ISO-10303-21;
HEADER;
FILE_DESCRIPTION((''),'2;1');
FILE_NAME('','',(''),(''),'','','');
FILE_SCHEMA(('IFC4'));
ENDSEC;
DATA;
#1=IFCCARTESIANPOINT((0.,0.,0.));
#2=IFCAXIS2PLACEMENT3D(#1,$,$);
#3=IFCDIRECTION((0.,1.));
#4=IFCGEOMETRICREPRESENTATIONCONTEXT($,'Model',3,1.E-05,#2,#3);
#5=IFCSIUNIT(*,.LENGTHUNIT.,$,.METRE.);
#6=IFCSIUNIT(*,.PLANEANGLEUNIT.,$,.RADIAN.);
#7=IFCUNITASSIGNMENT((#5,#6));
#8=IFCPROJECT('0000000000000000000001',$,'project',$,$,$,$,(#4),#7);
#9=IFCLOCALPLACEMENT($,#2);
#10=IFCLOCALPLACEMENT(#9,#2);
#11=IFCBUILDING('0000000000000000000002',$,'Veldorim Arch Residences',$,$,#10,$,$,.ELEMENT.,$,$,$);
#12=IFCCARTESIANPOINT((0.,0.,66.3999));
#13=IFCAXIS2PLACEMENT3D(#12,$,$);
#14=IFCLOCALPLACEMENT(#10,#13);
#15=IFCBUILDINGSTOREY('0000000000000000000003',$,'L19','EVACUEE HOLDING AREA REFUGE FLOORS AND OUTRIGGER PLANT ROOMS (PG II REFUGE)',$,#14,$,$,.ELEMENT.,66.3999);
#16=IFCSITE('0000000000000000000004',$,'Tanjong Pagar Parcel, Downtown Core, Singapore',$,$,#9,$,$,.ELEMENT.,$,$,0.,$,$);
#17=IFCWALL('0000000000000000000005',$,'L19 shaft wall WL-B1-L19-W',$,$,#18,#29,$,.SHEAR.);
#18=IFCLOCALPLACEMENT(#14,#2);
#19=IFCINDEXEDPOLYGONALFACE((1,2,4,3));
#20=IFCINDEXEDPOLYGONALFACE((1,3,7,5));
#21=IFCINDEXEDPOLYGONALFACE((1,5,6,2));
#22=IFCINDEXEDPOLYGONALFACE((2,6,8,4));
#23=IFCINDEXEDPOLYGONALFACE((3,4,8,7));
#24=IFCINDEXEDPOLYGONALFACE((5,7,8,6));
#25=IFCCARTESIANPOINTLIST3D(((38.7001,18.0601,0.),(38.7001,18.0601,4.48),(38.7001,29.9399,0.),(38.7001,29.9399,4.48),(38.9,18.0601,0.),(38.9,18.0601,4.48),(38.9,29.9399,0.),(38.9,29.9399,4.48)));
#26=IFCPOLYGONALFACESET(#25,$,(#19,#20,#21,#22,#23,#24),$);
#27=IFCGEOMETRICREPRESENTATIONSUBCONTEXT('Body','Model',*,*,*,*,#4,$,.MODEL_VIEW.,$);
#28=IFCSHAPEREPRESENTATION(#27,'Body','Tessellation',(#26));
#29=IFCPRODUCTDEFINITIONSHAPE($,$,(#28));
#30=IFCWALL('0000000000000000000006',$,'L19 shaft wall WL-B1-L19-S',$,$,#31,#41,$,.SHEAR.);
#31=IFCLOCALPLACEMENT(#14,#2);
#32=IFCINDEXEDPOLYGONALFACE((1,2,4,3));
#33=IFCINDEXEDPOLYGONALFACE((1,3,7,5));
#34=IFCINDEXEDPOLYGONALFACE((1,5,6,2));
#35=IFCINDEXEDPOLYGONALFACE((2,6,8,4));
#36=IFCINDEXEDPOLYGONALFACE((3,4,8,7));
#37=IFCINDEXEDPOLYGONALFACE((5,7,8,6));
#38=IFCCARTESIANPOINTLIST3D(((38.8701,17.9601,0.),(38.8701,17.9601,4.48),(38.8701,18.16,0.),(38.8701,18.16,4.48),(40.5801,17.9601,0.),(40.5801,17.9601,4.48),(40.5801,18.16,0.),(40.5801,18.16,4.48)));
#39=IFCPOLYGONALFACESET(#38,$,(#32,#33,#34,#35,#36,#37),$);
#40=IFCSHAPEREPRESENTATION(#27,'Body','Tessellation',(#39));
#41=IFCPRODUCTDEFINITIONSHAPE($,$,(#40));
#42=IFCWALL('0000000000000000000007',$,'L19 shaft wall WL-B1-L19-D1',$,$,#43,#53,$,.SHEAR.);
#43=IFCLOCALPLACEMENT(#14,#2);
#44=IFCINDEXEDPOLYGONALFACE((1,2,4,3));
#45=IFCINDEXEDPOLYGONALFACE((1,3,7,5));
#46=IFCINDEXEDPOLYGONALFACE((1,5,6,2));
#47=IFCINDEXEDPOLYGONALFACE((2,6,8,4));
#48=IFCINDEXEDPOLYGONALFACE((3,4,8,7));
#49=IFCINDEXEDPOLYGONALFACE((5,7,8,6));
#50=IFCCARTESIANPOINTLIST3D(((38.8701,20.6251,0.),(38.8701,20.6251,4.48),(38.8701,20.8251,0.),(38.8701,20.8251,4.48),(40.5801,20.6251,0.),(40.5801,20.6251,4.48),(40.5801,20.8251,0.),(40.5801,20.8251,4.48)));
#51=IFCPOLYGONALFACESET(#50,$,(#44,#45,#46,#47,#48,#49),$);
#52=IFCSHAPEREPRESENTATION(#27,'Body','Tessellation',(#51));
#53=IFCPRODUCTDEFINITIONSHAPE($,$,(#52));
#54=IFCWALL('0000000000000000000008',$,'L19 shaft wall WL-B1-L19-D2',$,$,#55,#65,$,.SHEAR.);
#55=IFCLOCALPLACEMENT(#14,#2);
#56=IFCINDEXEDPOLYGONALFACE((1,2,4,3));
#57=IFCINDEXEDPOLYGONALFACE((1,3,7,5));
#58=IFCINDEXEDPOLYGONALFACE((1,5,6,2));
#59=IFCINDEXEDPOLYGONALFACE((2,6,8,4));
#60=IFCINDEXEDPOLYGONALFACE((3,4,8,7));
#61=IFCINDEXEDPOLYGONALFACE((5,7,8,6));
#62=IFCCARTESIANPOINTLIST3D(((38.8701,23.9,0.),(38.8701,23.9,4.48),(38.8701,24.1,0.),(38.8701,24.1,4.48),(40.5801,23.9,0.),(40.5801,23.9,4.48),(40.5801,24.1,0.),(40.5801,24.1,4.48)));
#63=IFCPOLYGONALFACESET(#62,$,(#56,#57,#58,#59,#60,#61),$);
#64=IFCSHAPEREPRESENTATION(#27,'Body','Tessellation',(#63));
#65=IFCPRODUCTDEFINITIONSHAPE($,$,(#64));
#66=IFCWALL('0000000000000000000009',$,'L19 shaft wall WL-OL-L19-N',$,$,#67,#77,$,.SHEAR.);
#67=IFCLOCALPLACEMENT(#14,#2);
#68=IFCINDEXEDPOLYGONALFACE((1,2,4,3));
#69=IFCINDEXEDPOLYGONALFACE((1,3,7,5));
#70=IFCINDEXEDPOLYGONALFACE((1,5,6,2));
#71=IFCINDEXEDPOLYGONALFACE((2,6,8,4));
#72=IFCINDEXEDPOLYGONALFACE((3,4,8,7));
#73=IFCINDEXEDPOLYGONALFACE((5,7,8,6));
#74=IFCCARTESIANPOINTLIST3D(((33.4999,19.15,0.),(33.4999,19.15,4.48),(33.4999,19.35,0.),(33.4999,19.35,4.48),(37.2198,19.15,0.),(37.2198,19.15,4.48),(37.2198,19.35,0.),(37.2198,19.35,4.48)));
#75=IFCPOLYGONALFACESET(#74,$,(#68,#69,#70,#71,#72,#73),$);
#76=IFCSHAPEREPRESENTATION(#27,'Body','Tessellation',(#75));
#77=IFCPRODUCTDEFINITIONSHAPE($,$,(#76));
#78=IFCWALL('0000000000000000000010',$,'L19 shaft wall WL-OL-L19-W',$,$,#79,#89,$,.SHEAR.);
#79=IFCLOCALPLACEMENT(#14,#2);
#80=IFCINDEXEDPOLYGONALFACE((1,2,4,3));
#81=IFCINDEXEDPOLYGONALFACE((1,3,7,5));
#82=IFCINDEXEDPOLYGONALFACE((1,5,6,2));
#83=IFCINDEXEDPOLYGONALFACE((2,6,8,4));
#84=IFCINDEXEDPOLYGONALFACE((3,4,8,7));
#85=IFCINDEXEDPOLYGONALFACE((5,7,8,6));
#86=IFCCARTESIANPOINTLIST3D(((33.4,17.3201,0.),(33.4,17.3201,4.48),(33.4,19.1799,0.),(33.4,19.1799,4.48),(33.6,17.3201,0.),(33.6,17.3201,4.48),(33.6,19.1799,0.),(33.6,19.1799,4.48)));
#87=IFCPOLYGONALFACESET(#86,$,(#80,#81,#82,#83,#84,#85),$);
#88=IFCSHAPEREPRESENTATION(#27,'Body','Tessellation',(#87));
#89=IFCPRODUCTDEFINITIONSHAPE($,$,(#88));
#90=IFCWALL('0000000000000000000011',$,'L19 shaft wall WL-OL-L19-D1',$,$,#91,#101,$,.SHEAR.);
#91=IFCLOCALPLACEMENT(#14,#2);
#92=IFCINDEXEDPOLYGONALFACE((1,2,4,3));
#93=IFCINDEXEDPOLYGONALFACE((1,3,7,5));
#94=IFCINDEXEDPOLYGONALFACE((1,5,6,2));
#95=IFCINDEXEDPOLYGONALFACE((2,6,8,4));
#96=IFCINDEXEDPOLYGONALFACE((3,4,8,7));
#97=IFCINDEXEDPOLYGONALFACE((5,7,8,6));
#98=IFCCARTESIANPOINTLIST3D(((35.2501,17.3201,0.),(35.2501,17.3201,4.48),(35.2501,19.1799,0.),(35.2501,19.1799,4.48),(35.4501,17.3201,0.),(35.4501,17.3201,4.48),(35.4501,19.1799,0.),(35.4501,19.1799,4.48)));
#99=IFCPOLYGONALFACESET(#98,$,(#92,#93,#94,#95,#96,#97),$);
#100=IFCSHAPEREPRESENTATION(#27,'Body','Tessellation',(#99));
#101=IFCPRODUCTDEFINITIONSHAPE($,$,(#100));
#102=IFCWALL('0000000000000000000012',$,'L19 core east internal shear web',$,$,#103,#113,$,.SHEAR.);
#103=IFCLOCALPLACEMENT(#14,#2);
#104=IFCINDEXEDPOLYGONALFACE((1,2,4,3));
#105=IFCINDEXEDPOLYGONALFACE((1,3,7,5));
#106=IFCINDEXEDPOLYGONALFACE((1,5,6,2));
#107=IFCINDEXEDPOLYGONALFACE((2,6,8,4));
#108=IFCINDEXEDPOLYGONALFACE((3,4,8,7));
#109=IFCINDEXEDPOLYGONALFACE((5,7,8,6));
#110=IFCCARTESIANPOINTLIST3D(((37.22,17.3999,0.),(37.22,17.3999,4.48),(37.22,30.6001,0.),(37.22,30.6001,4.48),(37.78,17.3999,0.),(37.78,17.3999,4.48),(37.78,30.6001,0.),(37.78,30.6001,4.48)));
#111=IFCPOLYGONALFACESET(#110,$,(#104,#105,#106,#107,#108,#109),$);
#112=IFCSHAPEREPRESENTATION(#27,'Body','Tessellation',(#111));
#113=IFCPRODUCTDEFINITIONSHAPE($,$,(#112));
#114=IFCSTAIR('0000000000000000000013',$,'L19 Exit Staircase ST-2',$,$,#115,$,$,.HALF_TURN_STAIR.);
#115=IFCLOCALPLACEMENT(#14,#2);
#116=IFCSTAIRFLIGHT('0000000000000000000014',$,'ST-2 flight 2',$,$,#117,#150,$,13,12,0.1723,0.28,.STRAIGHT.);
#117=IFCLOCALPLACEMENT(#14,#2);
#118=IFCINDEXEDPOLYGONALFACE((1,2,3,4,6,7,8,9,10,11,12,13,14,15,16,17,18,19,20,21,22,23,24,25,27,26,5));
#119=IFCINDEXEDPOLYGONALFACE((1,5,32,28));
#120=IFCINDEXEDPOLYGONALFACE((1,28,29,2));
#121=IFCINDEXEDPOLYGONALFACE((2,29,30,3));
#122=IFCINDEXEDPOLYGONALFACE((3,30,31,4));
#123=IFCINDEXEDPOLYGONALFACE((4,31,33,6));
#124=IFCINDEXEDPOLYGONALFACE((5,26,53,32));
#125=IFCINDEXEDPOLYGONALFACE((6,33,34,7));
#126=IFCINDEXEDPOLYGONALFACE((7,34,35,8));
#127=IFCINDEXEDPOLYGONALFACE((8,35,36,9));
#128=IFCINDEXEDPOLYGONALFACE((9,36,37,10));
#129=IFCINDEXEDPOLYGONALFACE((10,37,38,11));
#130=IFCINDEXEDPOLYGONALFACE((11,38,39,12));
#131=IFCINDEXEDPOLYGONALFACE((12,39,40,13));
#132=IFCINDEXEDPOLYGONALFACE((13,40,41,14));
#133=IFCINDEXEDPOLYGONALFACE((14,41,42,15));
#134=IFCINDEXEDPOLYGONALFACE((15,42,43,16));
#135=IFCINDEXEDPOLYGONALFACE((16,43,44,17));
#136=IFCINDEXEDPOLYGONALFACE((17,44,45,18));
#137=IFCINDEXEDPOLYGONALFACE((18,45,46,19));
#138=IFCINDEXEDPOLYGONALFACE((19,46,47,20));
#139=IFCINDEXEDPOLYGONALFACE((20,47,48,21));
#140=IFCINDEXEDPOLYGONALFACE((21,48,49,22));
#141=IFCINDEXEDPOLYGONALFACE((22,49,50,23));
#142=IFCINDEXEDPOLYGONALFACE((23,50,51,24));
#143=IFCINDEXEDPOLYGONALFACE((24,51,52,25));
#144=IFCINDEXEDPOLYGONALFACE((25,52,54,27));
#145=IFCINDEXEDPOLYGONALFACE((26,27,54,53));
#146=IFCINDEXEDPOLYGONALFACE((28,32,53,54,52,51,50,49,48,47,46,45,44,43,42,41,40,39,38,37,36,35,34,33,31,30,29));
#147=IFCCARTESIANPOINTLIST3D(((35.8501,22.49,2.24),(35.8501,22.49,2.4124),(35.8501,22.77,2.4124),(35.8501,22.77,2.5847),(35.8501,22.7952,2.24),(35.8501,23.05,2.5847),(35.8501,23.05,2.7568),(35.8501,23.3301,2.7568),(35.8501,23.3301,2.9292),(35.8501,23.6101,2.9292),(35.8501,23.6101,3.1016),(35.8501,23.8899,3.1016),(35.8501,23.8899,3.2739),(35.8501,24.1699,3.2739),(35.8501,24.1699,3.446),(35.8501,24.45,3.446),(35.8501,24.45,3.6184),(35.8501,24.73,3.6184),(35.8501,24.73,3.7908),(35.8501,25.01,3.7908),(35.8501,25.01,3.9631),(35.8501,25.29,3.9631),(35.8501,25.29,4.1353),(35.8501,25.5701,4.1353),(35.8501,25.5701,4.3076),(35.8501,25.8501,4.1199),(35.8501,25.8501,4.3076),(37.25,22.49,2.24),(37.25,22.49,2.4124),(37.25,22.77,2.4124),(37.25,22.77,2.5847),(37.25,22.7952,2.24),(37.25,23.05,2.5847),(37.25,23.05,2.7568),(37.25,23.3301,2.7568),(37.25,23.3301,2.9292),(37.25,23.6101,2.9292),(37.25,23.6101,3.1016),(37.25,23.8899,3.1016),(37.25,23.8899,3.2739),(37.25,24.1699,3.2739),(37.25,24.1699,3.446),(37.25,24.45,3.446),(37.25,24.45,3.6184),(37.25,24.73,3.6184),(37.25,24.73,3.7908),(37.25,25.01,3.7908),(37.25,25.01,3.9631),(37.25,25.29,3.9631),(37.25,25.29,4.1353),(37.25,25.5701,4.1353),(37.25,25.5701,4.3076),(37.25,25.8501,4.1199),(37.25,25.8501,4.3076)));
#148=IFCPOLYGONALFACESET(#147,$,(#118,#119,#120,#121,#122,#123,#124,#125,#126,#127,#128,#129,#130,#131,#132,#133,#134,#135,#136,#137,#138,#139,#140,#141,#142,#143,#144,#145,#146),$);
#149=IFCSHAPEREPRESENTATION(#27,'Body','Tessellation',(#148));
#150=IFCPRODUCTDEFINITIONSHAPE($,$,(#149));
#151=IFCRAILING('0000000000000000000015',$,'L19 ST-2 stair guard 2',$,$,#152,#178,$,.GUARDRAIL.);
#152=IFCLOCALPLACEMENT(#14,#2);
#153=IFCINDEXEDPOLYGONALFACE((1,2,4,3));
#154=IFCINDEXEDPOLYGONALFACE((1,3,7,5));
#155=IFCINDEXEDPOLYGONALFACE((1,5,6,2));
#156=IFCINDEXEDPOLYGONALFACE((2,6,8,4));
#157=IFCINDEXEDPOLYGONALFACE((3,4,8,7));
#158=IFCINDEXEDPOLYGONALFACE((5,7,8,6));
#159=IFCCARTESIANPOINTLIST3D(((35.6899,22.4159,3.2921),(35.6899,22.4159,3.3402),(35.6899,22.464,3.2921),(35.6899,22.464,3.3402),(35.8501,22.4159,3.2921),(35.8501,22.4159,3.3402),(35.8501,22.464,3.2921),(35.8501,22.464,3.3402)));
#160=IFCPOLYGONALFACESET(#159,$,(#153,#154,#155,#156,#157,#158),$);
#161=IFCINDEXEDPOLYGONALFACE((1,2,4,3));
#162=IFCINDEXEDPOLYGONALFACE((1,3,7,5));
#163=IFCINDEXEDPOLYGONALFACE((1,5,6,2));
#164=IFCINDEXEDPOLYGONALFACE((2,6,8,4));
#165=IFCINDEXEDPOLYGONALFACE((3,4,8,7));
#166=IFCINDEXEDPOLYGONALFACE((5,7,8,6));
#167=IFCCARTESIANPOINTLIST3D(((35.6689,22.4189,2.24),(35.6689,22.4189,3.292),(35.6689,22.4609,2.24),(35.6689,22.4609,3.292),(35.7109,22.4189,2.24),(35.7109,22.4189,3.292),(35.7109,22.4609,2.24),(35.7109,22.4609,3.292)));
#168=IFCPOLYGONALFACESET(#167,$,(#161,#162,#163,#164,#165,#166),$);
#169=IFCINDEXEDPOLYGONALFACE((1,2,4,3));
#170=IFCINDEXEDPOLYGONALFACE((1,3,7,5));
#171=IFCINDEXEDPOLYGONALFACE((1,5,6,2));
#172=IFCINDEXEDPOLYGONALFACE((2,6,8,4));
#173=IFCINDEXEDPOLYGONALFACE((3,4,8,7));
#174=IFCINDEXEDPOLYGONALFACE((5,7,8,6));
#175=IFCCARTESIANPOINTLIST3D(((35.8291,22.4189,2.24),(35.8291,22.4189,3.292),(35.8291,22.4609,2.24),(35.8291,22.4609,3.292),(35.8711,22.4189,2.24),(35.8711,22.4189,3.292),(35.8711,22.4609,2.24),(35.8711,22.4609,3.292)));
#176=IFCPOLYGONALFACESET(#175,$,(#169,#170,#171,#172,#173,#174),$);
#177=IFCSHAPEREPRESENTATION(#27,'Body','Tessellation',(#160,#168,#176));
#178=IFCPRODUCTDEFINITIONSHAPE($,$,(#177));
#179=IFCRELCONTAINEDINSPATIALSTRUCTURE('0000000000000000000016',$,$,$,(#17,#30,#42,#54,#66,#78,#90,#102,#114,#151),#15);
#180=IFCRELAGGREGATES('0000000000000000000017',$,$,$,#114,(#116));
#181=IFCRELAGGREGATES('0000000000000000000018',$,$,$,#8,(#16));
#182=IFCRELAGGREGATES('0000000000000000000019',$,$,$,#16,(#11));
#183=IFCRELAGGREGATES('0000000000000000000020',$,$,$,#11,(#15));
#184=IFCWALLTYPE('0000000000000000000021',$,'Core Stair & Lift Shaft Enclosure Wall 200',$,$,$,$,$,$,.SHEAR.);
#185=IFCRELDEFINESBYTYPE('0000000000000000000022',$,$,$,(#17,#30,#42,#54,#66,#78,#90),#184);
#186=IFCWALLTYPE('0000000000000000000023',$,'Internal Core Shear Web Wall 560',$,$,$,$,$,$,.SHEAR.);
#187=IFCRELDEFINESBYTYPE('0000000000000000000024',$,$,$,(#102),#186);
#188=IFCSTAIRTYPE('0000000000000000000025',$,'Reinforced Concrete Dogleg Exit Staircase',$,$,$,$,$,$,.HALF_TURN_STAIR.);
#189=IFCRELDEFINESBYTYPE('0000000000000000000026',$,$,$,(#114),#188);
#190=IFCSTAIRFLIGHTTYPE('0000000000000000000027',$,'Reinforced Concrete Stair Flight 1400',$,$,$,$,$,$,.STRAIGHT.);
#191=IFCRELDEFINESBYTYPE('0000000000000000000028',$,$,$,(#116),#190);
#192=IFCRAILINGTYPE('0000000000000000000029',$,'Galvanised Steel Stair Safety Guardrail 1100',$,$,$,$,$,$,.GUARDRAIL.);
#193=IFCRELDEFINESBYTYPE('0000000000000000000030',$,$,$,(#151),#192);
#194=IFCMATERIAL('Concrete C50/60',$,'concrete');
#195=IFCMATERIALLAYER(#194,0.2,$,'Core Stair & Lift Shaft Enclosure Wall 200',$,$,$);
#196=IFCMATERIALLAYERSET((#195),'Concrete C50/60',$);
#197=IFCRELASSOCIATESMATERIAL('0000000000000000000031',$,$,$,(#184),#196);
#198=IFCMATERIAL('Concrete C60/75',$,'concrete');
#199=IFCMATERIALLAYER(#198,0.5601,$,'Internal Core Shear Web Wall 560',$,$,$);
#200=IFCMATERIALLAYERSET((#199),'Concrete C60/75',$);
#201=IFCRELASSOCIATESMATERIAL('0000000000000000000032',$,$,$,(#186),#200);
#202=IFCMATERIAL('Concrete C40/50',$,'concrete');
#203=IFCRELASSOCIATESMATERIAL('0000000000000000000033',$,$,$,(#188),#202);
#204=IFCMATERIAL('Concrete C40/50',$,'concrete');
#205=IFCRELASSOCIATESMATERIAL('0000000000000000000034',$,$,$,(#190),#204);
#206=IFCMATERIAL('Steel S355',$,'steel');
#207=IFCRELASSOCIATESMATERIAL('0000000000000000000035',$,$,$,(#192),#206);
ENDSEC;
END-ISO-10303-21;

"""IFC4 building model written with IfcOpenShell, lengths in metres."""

from ifc_helpers import new_model, si_unit, direction, frame, frame_2d, origin, origin_2d, place, context, subcontext, project, spatial, polyline, rectangle, outline, extrude, material, layer, layer_set, type_object, element, aggregate, save


model = new_model("IFC4")

# Units and contexts
model_context = context("Model", 3, precision=1e-05, world=origin(), true_north=direction((0.0, 1.0)))
body_context = subcontext(model_context, "Body", "Model", "MODEL_VIEW")
ifc_project = project(units=[si_unit("LENGTHUNIT", "METRE"), si_unit("PLANEANGLEUNIT", "RADIAN")], contexts=[model_context])

# Site, building, storey
site_placement = place(None, origin())
site = spatial("IfcSite", under=ifc_project, at=site_placement, Name="Tanjong Pagar Parcel, Downtown Core, Singapore", CompositionType="ELEMENT", RefElevation=0.0)
building_placement = place(site_placement, origin())
building = spatial("IfcBuilding", under=site, at=building_placement, Name="Veldorim Arch Residences", CompositionType="ELEMENT")
storey_placement = place(building_placement, frame((0.0, 0.0, 66.3999)))
storey = spatial("IfcBuildingStorey", under=building, at=storey_placement, Name="L19", Description="EVACUEE HOLDING AREA REFUGE FLOORS AND OUTRIGGER PLANT ROOMS (PG II REFUGE)", CompositionType="ELEMENT", Elevation=66.3999)

# Walls
ifc_material_1 = material(Name="Concrete C50/60", Category="concrete")
ifc_layer_1 = layer(ifc_material_1, 0.2, Name="Core Stair & Lift Shaft Enclosure Wall 200")
ifc_layer_set_1 = layer_set([ifc_layer_1], Name="Concrete C50/60")
wall_type_1 = type_object("IfcWallType", Name="Core Stair & Lift Shaft Enclosure Wall 200", PredefinedType="SHEAR", material=ifc_layer_set_1)
wall_1_placement = place(storey_placement, frame((38.8, 18.0601, 0.0), z_axis=(0.0, 0.0, 1.0), x_axis=(0.0, 1.0, 0.0)))
element("IfcWall", 1, at=wall_1_placement, inside=storey, type_object=wall_type_1, Name="L19 shaft wall WL-B1-L19-W", PredefinedType="SHEAR", context=body_context, shape_type="SweptSolid", body=[
    extrude(rectangle(XDim=11.8799, YDim=0.2, at=frame_2d((5.9399, 0.0))), origin(), (0.0, 0.0, 1.0), 4.48),
])
for number, where, z_axis, x_axis, name in (
    (2, (38.8701, 18.0601, 0.0), (0.0, 0.0, 1.0), (1.0, 0.0, 0.0), "L19 shaft wall WL-B1-L19-S"),
    (3, (38.8701, 20.7251, 0.0), (0.0, 0.0, 1.0), (1.0, 0.0, 0.0), "L19 shaft wall WL-B1-L19-D1"),
    (4, (38.8701, 24.0, 0.0), (0.0, 0.0, 1.0), (1.0, 0.0, 0.0), "L19 shaft wall WL-B1-L19-D2"),
):
    element("IfcWall", number, at=place(storey_placement, frame(where, z_axis=z_axis, x_axis=x_axis)), inside=storey, type_object=wall_type_1, Name=name, PredefinedType="SHEAR", context=body_context, shape_type="SweptSolid", body=[
        extrude(rectangle(XDim=1.71, YDim=0.2, at=frame_2d((0.855, 0.0))), origin(), (0.0, 0.0, 1.0), 4.48),
    ])
wall_2_placement = place(storey_placement, frame((33.5, 19.25, 0.0), z_axis=(0.0, 0.0, 1.0), x_axis=(1.0, 0.0, 0.0)))
element("IfcWall", 5, at=wall_2_placement, inside=storey, type_object=wall_type_1, Name="L19 shaft wall WL-OL-L19-N", PredefinedType="SHEAR", context=body_context, shape_type="SweptSolid", body=[
    extrude(rectangle(XDim=3.72, YDim=0.2, at=frame_2d((1.8599, 0.0))), origin(), (0.0, 0.0, 1.0), 4.48),
])
for number, where, z_axis, x_axis, name in (
    (6, (33.5, 17.3201, 0.0), (0.0, 0.0, 1.0), (0.0, 1.0, 0.0), "L19 shaft wall WL-OL-L19-W"),
    (7, (35.3501, 17.3201, 0.0), (0.0, 0.0, 1.0), (0.0, 1.0, 0.0), "L19 shaft wall WL-OL-L19-D1"),
):
    element("IfcWall", number, at=place(storey_placement, frame(where, z_axis=z_axis, x_axis=x_axis)), inside=storey, type_object=wall_type_1, Name=name, PredefinedType="SHEAR", context=body_context, shape_type="SweptSolid", body=[
        extrude(rectangle(XDim=1.8599, YDim=0.2, at=frame_2d((0.9299, 0.0))), origin(), (0.0, 0.0, 1.0), 4.48),
    ])
ifc_material_2 = material(Name="Concrete C60/75", Category="concrete")
ifc_layer_2 = layer(ifc_material_2, 0.5601, Name="Internal Core Shear Web Wall 560")
ifc_layer_set_2 = layer_set([ifc_layer_2], Name="Concrete C60/75")
wall_type_2 = type_object("IfcWallType", Name="Internal Core Shear Web Wall 560", PredefinedType="SHEAR", material=ifc_layer_set_2)
wall_3_placement = place(storey_placement, frame((37.5, 17.3999, 0.0), z_axis=(0.0, 0.0, 1.0), x_axis=(0.0, 1.0, 0.0)))
element("IfcWall", 8, at=wall_3_placement, inside=storey, type_object=wall_type_2, Name="L19 core east internal shear web", PredefinedType="SHEAR", context=body_context, shape_type="SweptSolid", body=[
    extrude(rectangle(XDim=13.2002, YDim=0.5601, at=frame_2d((6.6001, 0.0))), origin(), (0.0, 0.0, 1.0), 4.48),
])

# Stair, stair flight
ifc_material_3 = material(Name="Concrete C40/50", Category="concrete")
stair_type = type_object("IfcStairType", Name="Reinforced Concrete Dogleg Exit Staircase", PredefinedType="HALF_TURN_STAIR", material=ifc_material_3)
stair_placement = place(storey_placement, origin())
stair = element("IfcStair", 9, at=stair_placement, inside=storey, type_object=stair_type, Name="L19 Exit Staircase ST-2", PredefinedType="HALF_TURN_STAIR")
ifc_material_4 = material(Name="Concrete C40/50", Category="concrete")
stair_flight_type = type_object("IfcStairFlightType", Name="Reinforced Concrete Stair Flight 1400", PredefinedType="STRAIGHT", material=ifc_material_4)
stair_flight_placement = place(storey_placement, frame((36.55, 22.49, 2.24), z_axis=(0.0, 0.0, 1.0), x_axis=(0.0, 1.0, 0.0)))
stair_flight = element("IfcStairFlight", 10, at=stair_flight_placement, type_object=stair_flight_type, Name="ST-2 flight 2", NumberOfRisers=13, NumberOfTreads=12, PredefinedType="STRAIGHT", RiserHeight=0.1723, TreadLength=0.28, context=body_context, shape_type="SweptSolid", body=[
    extrude(outline(polyline([(0.0, 0.0), (0.0, 0.1724), (0.28, 0.1724), (0.28, 0.3447), (0.5601, 0.3447), (0.5601, 0.5168), (0.8401, 0.5168), (0.8401, 0.6892), (1.1201, 0.6892), (1.1201, 0.8616), (1.3999, 0.8616), (1.3999, 1.0339), (1.6799, 1.0339), (1.6799, 1.2061), (1.96, 1.2061), (1.96, 1.3784), (2.24, 1.3784), (2.24, 1.5508), (2.52, 1.5508), (2.52, 1.7231), (2.8, 1.7231), (2.8, 1.8953), (3.0801, 1.8953), (3.0801, 2.0676), (3.3601, 2.0676), (3.3601, 2.24), (3.3601, 1.8799), (0.3052, 0.0), (0.0, 0.0)])), frame((0.0, 0.7, 0.0), z_axis=(0.0, -1.0, 0.0), x_axis=(1.0, 0.0, 0.0)), (0.0, 0.0, 1.0), 1.3999),
])
aggregate(stair, [stair_flight])

# Railing
ifc_material_5 = material(Name="Steel S355", Category="steel")
railing_type_1 = type_object("IfcRailingType", Name="Galvanised Steel Stair Safety Guardrail 1100", PredefinedType="GUARDRAIL", material=ifc_material_5)
railing_1_placement = place(storey_placement, frame((35.6899, 22.4399, 2.24)))
element("IfcRailing", 11, at=railing_1_placement, inside=storey, type_object=railing_type_1, Name="L19 ST-2 stair guard 2", PredefinedType="GUARDRAIL", context=body_context, shape_type="SweptSolid", body=[
    extrude(rectangle(XDim=0.0481, YDim=0.0481, at=origin_2d()), frame((0.0, 0.0, 1.0762), z_axis=(1.0, 0.0, 0.0), x_axis=(0.0, 1.0, 0.0)), (0.0, 0.0, 1.0), 0.1602),
    extrude(rectangle(XDim=0.042, YDim=0.042, at=origin_2d()), origin(), (0.0, 0.0, 1.0), 1.052),
    extrude(rectangle(XDim=0.042, YDim=0.042, at=origin_2d()), frame((0.1602, 0.0, 0.0)), (0.0, 0.0, 1.0), 1.052),
])

save(model, "model.ifc")
